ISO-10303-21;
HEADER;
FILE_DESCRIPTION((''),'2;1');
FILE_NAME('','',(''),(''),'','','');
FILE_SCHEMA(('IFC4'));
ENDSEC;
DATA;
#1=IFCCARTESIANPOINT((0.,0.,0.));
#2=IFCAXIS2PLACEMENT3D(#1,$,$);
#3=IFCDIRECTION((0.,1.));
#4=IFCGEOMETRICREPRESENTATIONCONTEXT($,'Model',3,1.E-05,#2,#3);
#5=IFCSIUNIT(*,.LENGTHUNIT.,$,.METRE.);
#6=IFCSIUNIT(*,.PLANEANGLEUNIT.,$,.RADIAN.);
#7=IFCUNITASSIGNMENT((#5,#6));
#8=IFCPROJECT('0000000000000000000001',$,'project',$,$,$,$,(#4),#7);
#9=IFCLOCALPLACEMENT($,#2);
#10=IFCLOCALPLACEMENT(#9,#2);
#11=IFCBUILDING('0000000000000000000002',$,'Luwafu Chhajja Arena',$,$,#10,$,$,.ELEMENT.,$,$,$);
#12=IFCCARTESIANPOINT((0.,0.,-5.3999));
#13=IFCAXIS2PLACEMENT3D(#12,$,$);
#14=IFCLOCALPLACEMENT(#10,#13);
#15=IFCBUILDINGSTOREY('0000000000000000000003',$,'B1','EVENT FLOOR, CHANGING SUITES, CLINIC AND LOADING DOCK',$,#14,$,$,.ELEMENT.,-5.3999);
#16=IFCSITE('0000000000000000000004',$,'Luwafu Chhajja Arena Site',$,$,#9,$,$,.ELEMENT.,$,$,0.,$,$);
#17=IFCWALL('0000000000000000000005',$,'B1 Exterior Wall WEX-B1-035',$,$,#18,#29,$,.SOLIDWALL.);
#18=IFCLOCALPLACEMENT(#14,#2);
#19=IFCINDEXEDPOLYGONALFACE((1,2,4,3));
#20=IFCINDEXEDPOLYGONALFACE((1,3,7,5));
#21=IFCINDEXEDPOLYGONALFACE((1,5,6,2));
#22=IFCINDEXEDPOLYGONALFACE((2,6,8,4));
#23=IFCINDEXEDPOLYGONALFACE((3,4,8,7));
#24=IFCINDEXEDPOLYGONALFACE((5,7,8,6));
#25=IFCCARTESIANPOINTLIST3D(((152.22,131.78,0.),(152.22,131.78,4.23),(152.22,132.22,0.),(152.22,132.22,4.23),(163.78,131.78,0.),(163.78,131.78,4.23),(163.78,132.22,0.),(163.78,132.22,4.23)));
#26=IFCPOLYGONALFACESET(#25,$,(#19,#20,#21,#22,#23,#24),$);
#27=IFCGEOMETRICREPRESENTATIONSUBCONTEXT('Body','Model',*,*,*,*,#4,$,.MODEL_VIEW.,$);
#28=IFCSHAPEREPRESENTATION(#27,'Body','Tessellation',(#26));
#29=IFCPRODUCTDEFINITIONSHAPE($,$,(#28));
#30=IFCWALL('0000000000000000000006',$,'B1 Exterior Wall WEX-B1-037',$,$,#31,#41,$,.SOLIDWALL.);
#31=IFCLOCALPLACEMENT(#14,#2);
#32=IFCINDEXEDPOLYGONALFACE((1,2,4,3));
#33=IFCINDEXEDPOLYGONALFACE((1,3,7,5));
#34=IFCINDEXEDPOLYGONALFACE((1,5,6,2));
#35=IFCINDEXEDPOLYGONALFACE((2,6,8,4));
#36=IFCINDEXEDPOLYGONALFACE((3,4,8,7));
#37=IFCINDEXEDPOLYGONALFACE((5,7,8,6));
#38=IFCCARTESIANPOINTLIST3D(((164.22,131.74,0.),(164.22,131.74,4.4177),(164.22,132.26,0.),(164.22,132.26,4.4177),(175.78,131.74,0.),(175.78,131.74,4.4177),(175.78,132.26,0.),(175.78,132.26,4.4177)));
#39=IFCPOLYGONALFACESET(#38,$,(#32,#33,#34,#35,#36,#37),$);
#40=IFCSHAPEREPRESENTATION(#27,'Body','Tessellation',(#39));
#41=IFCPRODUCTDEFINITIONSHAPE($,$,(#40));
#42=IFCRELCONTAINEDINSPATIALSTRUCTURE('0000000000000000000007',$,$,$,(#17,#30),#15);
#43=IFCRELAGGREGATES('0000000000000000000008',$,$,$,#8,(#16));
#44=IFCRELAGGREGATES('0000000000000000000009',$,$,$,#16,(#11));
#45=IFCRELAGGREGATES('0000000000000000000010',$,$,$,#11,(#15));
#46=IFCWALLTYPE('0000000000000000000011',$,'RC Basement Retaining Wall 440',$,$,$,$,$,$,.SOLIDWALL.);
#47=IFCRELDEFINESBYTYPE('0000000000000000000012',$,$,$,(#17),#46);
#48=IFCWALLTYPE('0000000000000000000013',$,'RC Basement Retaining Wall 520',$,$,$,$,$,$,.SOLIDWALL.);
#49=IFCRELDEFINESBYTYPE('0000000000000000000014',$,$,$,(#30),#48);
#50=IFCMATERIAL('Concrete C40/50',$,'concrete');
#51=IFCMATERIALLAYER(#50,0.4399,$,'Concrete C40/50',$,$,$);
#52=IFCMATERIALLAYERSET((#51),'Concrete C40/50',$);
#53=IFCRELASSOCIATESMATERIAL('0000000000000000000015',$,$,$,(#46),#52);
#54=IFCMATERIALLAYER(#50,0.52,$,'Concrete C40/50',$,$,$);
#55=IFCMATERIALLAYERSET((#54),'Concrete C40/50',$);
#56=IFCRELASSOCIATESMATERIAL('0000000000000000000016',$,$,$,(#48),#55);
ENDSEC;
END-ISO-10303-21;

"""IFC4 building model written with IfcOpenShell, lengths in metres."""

from ifc_helpers import new_model, si_unit, direction, frame, frame_2d, origin, place, context, subcontext, project, spatial, rectangle, extrude, material, layer, layer_set, type_object, element, save


model = new_model("IFC4")

# Units and contexts
model_context = context("Model", 3, precision=1e-05, world=origin(), true_north=direction((0.0, 1.0)))
body_context = subcontext(model_context, "Body", "Model", "MODEL_VIEW")
ifc_project = project(units=[si_unit("LENGTHUNIT", "METRE"), si_unit("PLANEANGLEUNIT", "RADIAN")], contexts=[model_context])

# Site, building, storey
site_placement = place(None, origin())
site = spatial("IfcSite", under=ifc_project, at=site_placement, Name="Luwafu Chhajja Arena Site", CompositionType="ELEMENT", RefElevation=0.0)
building_placement = place(site_placement, origin())
building = spatial("IfcBuilding", under=site, at=building_placement, Name="Luwafu Chhajja Arena", CompositionType="ELEMENT")
storey_placement = place(building_placement, frame((0.0, 0.0, -5.3999)))
storey = spatial("IfcBuildingStorey", under=building, at=storey_placement, Name="B1", Description="EVENT FLOOR, CHANGING SUITES, CLINIC AND LOADING DOCK", CompositionType="ELEMENT", Elevation=-5.3999)

# Shared definitions
ifc_material_1 = material(Name="Concrete C40/50", Category="concrete")

# Walls
ifc_layer_1 = layer(ifc_material_1, 0.4399, Name="Concrete C40/50")
ifc_layer_set_1 = layer_set([ifc_layer_1], Name="Concrete C40/50")
wall_type_1 = type_object("IfcWallType", Name="RC Basement Retaining Wall 440", PredefinedType="SOLIDWALL", material=ifc_layer_set_1)
wall_1_placement = place(storey_placement, frame((152.22, 132.0, 0.0), z_axis=(0.0, 0.0, 1.0), x_axis=(1.0, 0.0, 0.0)))
element("IfcWall", 1, at=wall_1_placement, inside=storey, type_object=wall_type_1, Name="B1 Exterior Wall WEX-B1-035", PredefinedType="SOLIDWALL", context=body_context, shape_type="SweptSolid", body=[
    extrude(rectangle(XDim=11.5601, YDim=0.4399, at=frame_2d((5.78, 0.0))), origin(), (0.0, 0.0, 1.0), 4.23),
])
ifc_layer_2 = layer(ifc_material_1, 0.52, Name="Concrete C40/50")
ifc_layer_set_2 = layer_set([ifc_layer_2], Name="Concrete C40/50")
wall_type_2 = type_object("IfcWallType", Name="RC Basement Retaining Wall 520", PredefinedType="SOLIDWALL", material=ifc_layer_set_2)
wall_2_placement = place(storey_placement, frame((164.22, 132.0, 0.0), z_axis=(0.0, 0.0, 1.0), x_axis=(1.0, 0.0, 0.0)))
element("IfcWall", 2, at=wall_2_placement, inside=storey, type_object=wall_type_2, Name="B1 Exterior Wall WEX-B1-037", PredefinedType="SOLIDWALL", context=body_context, shape_type="SweptSolid", body=[
    extrude(rectangle(XDim=11.5601, YDim=0.52, at=frame_2d((5.78, 0.0))), origin(), (0.0, 0.0, 1.0), 4.4177),
])

save(model, "model.ifc")
